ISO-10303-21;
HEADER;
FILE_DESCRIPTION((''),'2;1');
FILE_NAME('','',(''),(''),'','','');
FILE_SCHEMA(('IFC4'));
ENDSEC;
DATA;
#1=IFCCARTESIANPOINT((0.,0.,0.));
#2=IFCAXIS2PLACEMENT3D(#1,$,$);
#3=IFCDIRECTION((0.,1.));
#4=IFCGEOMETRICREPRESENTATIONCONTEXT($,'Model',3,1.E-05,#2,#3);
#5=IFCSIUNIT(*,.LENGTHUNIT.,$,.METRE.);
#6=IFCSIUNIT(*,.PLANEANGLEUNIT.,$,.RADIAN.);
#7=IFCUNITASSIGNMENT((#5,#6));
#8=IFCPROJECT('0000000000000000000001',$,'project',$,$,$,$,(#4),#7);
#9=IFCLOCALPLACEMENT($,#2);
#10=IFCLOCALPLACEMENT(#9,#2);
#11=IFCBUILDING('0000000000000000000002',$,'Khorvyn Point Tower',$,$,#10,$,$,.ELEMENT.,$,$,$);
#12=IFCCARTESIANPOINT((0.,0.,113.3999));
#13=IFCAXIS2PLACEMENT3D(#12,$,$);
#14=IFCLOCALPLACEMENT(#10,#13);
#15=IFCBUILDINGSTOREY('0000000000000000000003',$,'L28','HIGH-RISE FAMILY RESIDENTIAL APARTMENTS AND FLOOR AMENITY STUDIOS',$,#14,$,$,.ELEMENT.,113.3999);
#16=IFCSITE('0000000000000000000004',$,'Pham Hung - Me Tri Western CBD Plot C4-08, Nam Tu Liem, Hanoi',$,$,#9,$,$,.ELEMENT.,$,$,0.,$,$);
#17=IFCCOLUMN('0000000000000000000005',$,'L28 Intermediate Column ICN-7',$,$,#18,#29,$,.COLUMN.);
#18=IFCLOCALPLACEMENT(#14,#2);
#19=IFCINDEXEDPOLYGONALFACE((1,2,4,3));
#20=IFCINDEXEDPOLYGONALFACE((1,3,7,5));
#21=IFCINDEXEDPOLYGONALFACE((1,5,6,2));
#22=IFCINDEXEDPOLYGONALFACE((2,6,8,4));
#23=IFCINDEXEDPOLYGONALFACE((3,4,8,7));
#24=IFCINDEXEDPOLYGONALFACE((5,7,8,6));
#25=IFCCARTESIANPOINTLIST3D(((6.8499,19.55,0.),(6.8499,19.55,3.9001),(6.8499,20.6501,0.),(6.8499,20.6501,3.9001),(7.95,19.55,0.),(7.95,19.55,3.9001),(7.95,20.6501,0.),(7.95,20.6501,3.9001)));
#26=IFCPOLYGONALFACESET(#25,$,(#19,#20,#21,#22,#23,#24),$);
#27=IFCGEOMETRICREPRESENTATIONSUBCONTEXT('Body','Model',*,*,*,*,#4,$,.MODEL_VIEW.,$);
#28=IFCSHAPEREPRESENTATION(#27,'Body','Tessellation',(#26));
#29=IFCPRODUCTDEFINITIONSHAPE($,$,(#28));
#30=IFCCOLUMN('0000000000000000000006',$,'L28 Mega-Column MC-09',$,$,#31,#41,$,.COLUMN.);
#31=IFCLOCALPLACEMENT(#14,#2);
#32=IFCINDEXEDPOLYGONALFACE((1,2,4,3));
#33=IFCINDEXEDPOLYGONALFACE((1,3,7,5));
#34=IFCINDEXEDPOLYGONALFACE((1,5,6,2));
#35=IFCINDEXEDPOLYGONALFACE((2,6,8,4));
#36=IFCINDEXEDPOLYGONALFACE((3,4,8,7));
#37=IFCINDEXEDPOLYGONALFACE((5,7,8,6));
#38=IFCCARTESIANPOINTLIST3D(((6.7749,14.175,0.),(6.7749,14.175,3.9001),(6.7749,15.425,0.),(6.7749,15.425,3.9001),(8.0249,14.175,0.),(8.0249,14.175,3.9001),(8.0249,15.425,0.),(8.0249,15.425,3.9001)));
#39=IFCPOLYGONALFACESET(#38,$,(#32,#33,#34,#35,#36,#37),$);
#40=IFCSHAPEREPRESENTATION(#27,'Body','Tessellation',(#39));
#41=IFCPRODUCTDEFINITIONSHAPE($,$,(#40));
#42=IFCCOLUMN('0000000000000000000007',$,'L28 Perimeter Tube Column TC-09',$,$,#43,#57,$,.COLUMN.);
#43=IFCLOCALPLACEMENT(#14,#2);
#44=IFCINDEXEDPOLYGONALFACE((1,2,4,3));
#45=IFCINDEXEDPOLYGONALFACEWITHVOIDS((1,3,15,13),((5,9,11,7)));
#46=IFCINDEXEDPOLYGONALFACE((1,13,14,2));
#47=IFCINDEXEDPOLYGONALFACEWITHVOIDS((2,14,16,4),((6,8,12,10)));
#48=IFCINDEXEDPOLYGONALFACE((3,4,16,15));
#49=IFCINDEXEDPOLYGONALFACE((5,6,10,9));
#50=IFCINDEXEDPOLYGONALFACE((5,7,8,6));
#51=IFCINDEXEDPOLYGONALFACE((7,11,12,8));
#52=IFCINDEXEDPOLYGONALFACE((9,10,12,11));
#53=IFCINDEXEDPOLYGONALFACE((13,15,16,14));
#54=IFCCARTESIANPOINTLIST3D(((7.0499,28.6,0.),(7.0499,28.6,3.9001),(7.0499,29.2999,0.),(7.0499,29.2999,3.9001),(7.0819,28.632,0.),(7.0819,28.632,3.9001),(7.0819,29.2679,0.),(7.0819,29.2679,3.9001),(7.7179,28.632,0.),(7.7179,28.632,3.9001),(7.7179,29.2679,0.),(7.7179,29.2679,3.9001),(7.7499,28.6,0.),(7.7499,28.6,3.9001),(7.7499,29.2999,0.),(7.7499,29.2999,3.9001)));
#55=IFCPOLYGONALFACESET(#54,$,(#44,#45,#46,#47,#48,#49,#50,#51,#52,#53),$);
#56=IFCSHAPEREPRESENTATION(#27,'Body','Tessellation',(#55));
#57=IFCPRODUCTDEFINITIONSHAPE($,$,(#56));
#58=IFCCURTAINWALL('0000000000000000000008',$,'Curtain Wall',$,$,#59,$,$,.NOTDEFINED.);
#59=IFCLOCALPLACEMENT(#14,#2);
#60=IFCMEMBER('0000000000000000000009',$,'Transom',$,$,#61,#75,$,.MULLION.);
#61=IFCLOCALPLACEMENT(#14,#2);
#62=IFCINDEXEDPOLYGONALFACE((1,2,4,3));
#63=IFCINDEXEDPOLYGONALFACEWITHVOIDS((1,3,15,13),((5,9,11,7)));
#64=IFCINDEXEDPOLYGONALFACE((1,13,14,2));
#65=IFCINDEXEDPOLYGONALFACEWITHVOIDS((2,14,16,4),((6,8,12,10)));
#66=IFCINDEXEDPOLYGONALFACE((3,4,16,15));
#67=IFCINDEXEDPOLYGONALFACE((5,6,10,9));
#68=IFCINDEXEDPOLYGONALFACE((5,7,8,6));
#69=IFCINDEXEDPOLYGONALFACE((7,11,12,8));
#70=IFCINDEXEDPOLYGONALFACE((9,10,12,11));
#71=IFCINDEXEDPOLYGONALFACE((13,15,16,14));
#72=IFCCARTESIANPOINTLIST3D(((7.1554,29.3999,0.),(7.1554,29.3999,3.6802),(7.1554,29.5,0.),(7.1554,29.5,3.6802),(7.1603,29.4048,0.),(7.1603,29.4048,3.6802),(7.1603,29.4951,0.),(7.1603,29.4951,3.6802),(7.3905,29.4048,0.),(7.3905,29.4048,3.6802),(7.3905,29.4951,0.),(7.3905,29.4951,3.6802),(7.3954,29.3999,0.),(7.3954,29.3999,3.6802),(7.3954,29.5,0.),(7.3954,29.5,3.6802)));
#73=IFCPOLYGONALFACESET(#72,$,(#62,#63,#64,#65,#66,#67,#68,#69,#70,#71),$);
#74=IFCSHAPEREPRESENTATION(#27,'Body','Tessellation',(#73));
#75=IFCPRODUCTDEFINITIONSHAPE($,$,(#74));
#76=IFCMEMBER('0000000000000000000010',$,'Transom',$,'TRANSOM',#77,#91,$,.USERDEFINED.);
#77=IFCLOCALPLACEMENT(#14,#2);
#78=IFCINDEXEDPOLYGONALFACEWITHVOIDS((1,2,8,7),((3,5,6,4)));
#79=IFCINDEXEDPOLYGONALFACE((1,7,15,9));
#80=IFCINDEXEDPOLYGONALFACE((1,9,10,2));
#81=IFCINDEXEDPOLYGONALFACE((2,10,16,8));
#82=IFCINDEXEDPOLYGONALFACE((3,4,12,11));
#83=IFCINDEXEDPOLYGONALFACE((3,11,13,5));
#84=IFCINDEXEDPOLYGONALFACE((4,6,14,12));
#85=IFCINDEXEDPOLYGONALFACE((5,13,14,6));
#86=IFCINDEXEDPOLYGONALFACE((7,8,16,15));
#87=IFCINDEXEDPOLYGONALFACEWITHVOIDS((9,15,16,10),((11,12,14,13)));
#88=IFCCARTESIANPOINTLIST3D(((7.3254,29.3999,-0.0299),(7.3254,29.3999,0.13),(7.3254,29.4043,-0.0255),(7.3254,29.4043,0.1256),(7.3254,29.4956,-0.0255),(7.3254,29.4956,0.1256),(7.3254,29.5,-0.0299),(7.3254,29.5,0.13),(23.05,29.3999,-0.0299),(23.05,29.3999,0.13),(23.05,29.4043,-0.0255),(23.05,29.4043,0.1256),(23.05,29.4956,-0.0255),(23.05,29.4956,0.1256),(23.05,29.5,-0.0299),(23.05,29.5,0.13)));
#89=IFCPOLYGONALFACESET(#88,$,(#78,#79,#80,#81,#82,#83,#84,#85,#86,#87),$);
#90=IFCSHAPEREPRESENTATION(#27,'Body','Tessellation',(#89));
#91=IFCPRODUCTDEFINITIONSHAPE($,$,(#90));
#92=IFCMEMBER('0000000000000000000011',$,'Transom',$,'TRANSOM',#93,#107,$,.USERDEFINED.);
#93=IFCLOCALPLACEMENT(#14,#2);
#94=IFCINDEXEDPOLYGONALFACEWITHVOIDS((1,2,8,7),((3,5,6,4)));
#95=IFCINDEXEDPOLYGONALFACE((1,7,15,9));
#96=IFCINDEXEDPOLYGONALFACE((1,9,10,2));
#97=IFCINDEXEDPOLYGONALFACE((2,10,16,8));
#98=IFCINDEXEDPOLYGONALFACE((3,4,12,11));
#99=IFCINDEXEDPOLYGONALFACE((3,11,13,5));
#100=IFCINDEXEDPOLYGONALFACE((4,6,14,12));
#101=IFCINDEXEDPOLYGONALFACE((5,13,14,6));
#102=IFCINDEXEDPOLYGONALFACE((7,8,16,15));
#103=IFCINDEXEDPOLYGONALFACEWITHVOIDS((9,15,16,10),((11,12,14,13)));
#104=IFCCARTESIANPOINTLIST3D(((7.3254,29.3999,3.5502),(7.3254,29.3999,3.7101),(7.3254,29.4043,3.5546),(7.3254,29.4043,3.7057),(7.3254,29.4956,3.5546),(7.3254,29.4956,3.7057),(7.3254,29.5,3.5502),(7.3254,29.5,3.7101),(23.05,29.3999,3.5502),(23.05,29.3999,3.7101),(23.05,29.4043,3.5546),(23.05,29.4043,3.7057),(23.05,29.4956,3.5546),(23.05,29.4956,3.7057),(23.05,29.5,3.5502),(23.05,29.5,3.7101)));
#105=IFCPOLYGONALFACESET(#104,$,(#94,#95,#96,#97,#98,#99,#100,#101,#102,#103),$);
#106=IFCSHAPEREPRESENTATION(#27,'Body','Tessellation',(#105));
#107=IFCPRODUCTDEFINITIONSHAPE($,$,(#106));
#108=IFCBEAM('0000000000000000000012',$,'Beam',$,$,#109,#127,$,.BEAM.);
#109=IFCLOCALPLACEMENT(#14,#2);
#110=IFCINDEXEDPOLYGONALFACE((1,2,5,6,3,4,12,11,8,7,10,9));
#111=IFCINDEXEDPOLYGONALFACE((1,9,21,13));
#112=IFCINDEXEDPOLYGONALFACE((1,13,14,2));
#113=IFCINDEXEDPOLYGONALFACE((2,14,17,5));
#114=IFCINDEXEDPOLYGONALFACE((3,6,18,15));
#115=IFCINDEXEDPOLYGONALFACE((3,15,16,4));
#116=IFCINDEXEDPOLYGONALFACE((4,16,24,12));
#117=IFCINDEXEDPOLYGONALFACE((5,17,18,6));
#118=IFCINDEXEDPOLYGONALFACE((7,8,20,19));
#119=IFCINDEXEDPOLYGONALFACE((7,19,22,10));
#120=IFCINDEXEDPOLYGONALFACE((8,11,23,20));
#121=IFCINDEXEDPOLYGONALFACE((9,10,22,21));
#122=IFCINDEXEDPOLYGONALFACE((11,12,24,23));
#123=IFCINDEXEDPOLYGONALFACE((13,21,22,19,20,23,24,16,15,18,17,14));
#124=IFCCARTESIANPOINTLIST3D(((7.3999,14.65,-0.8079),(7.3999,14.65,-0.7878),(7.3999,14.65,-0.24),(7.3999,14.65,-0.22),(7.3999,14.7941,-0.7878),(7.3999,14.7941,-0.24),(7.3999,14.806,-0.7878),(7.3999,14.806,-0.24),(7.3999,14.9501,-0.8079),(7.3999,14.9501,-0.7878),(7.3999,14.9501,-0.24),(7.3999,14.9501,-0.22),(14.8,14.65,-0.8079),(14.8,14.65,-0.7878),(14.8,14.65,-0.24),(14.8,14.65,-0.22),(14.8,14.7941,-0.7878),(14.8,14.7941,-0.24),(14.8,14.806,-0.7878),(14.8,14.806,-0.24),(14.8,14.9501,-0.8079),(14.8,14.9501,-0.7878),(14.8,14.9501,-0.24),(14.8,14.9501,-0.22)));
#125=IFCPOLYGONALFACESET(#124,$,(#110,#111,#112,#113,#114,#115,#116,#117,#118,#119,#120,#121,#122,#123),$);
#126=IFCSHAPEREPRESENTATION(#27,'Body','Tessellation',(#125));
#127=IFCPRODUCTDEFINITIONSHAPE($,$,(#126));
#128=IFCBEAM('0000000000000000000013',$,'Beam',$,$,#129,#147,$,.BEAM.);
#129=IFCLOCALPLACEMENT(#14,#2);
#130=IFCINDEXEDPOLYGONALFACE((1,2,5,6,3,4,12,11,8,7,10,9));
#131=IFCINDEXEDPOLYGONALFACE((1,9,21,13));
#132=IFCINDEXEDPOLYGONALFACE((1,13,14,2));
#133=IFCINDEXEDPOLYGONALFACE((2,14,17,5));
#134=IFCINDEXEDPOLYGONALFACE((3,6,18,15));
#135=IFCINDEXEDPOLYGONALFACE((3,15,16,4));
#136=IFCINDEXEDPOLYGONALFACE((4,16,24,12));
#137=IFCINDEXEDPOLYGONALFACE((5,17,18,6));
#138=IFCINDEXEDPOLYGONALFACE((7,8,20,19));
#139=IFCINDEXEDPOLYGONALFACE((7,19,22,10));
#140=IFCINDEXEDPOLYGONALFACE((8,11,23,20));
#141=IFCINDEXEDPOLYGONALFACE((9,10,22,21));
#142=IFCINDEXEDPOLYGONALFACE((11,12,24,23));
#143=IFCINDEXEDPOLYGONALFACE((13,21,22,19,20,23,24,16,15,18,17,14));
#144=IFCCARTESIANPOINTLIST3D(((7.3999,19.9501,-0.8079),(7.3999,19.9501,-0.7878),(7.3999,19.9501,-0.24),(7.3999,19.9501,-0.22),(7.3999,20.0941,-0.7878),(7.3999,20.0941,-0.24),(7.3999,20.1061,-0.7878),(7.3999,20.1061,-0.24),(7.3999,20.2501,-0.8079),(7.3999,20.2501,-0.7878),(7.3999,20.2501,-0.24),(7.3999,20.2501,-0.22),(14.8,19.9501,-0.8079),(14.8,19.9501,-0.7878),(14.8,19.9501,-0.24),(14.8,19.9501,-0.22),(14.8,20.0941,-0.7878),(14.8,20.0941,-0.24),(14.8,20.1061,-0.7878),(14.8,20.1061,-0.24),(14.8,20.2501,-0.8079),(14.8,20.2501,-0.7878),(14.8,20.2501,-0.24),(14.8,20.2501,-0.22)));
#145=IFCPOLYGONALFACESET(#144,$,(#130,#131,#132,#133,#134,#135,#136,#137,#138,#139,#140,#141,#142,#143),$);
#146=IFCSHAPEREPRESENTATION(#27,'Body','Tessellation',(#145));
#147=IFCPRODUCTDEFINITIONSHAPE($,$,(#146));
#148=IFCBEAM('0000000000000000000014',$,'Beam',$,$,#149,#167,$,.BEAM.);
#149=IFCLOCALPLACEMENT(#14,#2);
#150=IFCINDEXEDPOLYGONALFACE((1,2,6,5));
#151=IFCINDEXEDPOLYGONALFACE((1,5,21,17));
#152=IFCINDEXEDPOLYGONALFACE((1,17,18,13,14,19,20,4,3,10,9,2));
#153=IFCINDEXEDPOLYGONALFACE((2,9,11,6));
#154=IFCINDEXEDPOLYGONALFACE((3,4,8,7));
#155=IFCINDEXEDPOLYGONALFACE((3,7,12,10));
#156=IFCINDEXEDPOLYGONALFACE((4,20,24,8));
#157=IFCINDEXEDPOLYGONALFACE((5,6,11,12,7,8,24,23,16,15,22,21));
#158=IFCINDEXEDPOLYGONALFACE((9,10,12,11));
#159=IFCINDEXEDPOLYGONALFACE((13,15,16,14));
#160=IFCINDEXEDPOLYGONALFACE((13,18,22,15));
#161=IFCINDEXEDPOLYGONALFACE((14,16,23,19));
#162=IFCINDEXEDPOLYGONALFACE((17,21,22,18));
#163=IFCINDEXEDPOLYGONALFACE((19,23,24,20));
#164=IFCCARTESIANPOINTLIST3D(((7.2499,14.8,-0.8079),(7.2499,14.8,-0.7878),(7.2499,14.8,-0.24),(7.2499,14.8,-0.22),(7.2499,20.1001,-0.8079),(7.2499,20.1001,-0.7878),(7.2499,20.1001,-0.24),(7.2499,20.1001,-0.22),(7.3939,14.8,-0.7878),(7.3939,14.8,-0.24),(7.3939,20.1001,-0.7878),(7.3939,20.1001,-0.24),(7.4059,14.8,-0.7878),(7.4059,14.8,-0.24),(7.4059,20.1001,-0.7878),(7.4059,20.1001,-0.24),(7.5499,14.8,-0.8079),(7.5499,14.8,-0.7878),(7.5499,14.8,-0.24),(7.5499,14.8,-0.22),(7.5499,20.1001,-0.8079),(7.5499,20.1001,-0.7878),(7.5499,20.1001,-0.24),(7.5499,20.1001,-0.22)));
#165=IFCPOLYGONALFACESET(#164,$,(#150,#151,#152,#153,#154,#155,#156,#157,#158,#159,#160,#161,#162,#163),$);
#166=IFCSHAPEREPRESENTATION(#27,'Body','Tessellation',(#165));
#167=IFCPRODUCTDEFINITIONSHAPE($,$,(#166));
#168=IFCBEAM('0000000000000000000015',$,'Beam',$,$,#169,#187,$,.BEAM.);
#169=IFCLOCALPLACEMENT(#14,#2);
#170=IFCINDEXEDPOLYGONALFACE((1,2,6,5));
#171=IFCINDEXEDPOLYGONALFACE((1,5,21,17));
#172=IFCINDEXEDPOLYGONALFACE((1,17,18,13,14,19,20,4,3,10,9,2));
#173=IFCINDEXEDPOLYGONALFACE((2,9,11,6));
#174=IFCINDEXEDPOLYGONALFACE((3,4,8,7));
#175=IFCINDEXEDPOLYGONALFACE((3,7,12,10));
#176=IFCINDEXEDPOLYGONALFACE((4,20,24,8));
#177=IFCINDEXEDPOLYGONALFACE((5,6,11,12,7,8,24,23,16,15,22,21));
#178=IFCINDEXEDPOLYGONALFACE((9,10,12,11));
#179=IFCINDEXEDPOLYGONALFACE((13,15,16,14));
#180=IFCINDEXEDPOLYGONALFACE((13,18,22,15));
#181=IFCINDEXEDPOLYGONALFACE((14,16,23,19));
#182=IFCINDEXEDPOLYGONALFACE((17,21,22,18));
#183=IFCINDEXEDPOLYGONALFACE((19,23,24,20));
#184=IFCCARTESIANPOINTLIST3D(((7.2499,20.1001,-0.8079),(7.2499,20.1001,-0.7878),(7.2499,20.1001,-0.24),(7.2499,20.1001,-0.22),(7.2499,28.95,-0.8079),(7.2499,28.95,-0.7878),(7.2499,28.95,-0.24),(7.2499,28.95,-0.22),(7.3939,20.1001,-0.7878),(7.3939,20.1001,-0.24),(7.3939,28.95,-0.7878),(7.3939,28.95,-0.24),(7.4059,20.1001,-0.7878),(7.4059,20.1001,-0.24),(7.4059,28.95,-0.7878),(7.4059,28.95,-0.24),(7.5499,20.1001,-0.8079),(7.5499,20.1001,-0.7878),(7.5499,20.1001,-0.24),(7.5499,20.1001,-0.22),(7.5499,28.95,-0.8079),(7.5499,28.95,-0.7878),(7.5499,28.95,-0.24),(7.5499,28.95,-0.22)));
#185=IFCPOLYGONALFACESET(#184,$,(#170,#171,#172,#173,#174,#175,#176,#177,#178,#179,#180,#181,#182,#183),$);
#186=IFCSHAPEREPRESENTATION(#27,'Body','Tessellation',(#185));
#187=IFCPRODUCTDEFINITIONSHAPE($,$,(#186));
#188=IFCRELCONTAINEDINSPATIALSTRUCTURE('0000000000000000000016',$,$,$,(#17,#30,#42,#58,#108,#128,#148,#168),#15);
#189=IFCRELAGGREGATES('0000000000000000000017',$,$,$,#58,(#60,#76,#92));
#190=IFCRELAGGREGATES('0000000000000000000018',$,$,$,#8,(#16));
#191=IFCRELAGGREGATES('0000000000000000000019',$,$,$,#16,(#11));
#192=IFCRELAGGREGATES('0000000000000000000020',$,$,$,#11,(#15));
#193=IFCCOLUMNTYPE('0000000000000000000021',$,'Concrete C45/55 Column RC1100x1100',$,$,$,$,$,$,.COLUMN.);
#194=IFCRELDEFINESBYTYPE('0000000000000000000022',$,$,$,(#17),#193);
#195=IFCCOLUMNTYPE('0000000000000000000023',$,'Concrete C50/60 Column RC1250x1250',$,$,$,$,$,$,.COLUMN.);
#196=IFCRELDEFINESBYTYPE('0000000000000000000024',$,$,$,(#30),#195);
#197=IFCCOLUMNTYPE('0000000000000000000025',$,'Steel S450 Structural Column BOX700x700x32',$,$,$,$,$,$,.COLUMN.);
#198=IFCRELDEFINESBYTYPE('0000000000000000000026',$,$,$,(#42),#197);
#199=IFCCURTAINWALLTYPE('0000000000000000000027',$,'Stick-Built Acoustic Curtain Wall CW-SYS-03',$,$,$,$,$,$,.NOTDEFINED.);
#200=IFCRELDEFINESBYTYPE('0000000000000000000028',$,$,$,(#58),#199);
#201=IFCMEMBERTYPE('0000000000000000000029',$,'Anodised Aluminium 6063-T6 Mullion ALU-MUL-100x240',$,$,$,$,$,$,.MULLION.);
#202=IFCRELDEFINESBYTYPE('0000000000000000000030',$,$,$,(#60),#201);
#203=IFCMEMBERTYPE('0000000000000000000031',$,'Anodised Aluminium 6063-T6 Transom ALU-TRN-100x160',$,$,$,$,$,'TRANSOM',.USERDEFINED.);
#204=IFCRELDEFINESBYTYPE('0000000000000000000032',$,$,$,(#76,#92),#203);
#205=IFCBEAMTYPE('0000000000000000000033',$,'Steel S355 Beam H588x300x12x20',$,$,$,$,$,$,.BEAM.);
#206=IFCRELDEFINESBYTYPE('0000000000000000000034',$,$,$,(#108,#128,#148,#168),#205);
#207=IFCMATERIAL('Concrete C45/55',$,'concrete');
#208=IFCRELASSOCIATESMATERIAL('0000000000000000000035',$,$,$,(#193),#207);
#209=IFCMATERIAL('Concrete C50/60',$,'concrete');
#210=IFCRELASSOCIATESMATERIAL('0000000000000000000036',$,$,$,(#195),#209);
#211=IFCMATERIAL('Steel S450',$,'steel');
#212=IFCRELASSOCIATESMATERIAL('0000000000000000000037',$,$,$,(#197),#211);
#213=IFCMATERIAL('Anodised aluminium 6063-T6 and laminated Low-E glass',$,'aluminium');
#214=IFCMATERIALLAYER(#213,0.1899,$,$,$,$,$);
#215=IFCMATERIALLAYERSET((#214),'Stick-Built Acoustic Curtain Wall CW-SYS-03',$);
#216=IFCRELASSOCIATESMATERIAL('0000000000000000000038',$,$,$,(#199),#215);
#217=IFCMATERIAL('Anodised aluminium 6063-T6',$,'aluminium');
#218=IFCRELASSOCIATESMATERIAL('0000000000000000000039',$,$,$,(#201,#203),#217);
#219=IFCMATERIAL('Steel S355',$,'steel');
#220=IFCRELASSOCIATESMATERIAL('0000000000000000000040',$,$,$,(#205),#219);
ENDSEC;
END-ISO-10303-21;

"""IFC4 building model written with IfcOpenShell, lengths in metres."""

from ifc_helpers import new_model, si_unit, direction, frame, origin, origin_2d, place, context, subcontext, project, spatial, rectangle, hollow_rectangle, i_section, extrude, material, layer, layer_set, material_profile, profile_set, type_object, element, aggregate, save


model = new_model("IFC4")

# Units and contexts
model_context = context("Model", 3, precision=1e-05, world=origin(), true_north=direction((0.0, 1.0)))
body_context = subcontext(model_context, "Body", "Model", "MODEL_VIEW")
ifc_project = project(units=[si_unit("LENGTHUNIT", "METRE"), si_unit("PLANEANGLEUNIT", "RADIAN")], contexts=[model_context])

# Site, building, storey
site_placement = place(None, origin())
site = spatial("IfcSite", under=ifc_project, at=site_placement, Name="Pham Hung - Me Tri Western CBD Plot C4-08, Nam Tu Liem, Hanoi", CompositionType="ELEMENT", RefElevation=0.0)
building_placement = place(site_placement, origin())
building = spatial("IfcBuilding", under=site, at=building_placement, Name="Khorvyn Point Tower", CompositionType="ELEMENT")
storey_placement = place(building_placement, frame((0.0, 0.0, 113.3999)))
storey = spatial("IfcBuildingStorey", under=building, at=storey_placement, Name="L28", Description="HIGH-RISE FAMILY RESIDENTIAL APARTMENTS AND FLOOR AMENITY STUDIOS", CompositionType="ELEMENT", Elevation=113.3999)

# Columns
ifc_material_1 = material(Name="Concrete C45/55", Category="concrete")
ifc_material_profile_1 = material_profile(ifc_material_1, rectangle(XDim=1.1001, YDim=1.1001, at=origin_2d()))
ifc_profile_set_1 = profile_set([ifc_material_profile_1], Name="Concrete C45/55 RC1100x1100")
column_type_1 = type_object("IfcColumnType", Name="Concrete C45/55 Column RC1100x1100", PredefinedType="COLUMN", material=ifc_profile_set_1)
column_1_placement = place(storey_placement, frame((7.3999, 20.1001, 0.0), z_axis=(0.0, 0.0, 1.0), x_axis=(1.0, 0.0, 0.0)))
element("IfcColumn", 1, at=column_1_placement, inside=storey, type_object=column_type_1, Name="L28 Intermediate Column ICN-7", PredefinedType="COLUMN", context=body_context, shape_type="SweptSolid", body=[
    extrude(rectangle(XDim=1.1001, YDim=1.1001, at=origin_2d()), origin(), (0.0, 0.0, 1.0), 3.9001),
])
ifc_material_2 = material(Name="Concrete C50/60", Category="concrete")
ifc_material_profile_2 = material_profile(ifc_material_2, rectangle(XDim=1.25, YDim=1.25, at=origin_2d()))
ifc_profile_set_2 = profile_set([ifc_material_profile_2], Name="Concrete C50/60 RC1250x1250")
column_type_2 = type_object("IfcColumnType", Name="Concrete C50/60 Column RC1250x1250", PredefinedType="COLUMN", material=ifc_profile_set_2)
column_2_placement = place(storey_placement, frame((7.3999, 14.8, 0.0), z_axis=(0.0, 0.0, 1.0), x_axis=(1.0, 0.0, 0.0)))
element("IfcColumn", 2, at=column_2_placement, inside=storey, type_object=column_type_2, Name="L28 Mega-Column MC-09", PredefinedType="COLUMN", context=body_context, shape_type="SweptSolid", body=[
    extrude(rectangle(XDim=1.25, YDim=1.25, at=origin_2d()), origin(), (0.0, 0.0, 1.0), 3.9001),
])
ifc_material_3 = material(Name="Steel S450", Category="steel")
ifc_material_profile_3 = material_profile(ifc_material_3, hollow_rectangle(XDim=0.7, YDim=0.7, WallThickness=0.032, at=origin_2d()))
ifc_profile_set_3 = profile_set([ifc_material_profile_3], Name="Steel S450 BOX700x700x32")
column_type_3 = type_object("IfcColumnType", Name="Steel S450 Structural Column BOX700x700x32", PredefinedType="COLUMN", material=ifc_profile_set_3)
column_3_placement = place(storey_placement, frame((7.3999, 28.95, 0.0), z_axis=(0.0, 0.0, 1.0), x_axis=(1.0, 0.0, 0.0)))
element("IfcColumn", 3, at=column_3_placement, inside=storey, type_object=column_type_3, Name="L28 Perimeter Tube Column TC-09", PredefinedType="COLUMN", context=body_context, shape_type="SweptSolid", body=[
    extrude(hollow_rectangle(XDim=0.7, YDim=0.7, WallThickness=0.032, at=origin_2d()), origin(), (0.0, 0.0, 1.0), 3.9001),
])

# Curtain wall, members
ifc_material_4 = material(Name="Anodised aluminium 6063-T6 and laminated Low-E glass", Category="aluminium")
ifc_layer_1 = layer(ifc_material_4, 0.1899)
ifc_layer_set_1 = layer_set([ifc_layer_1], Name="Stick-Built Acoustic Curtain Wall CW-SYS-03")
curtain_wall_type = type_object("IfcCurtainWallType", Name="Stick-Built Acoustic Curtain Wall CW-SYS-03", PredefinedType="NOTDEFINED", material=ifc_layer_set_1)
curtain_wall_placement = place(storey_placement, origin())
curtain_wall = element("IfcCurtainWall", 4, at=curtain_wall_placement, inside=storey, type_object=curtain_wall_type, Name="Curtain Wall", PredefinedType="NOTDEFINED")
ifc_material_5 = material(Name="Anodised aluminium 6063-T6", Category="aluminium")
ifc_material_profile_4 = material_profile(ifc_material_5, hollow_rectangle(XDim=0.1001, YDim=0.24, WallThickness=0.0049, at=origin_2d()))
ifc_profile_set_4 = profile_set([ifc_material_profile_4], Name="Anodised aluminium 6063-T6 ALU-MUL-100x240")
member_type_1 = type_object("IfcMemberType", Name="Anodised Aluminium 6063-T6 Mullion ALU-MUL-100x240", PredefinedType="MULLION", material=ifc_profile_set_4)
member_1_placement = place(storey_placement, frame((7.2754, 29.45, 0.0), z_axis=(0.0, 0.0, 1.0), x_axis=(0.0, 1.0, 0.0)))
member_1 = element("IfcMember", 5, at=member_1_placement, type_object=member_type_1, Name="Transom", PredefinedType="MULLION", context=body_context, shape_type="SweptSolid", body=[
    extrude(hollow_rectangle(XDim=0.1001, YDim=0.24, WallThickness=0.0049, at=origin_2d()), origin(), (0.0, 0.0, 1.0), 3.6802),
])
ifc_material_profile_5 = material_profile(ifc_material_5, hollow_rectangle(XDim=0.1001, YDim=0.1599, WallThickness=0.0044, at=origin_2d()))
ifc_profile_set_5 = profile_set([ifc_material_profile_5], Name="Anodised aluminium 6063-T6 ALU-TRN-100x160")
member_type_2 = type_object("IfcMemberType", Name="Anodised Aluminium 6063-T6 Transom ALU-TRN-100x160", ElementType="TRANSOM", PredefinedType="USERDEFINED", material=ifc_profile_set_5)
member_2_placement = place(storey_placement, frame((7.3254, 29.45, 0.05), z_axis=(1.0, 0.0, 0.0), x_axis=(0.0, 1.0, 0.0)))
member_2 = element("IfcMember", 6, at=member_2_placement, type_object=member_type_2, Name="Transom", ObjectType="TRANSOM", PredefinedType="USERDEFINED", context=body_context, shape_type="SweptSolid", body=[
    extrude(hollow_rectangle(XDim=0.1001, YDim=0.1599, WallThickness=0.0044, at=origin_2d()), origin(), (0.0, 0.0, 1.0), 15.7246),
])
member_3_placement = place(storey_placement, frame((7.3254, 29.45, 3.6301), z_axis=(1.0, 0.0, 0.0), x_axis=(0.0, 1.0, 0.0)))
member_3 = element("IfcMember", 7, at=member_3_placement, type_object=member_type_2, Name="Transom", ObjectType="TRANSOM", PredefinedType="USERDEFINED", context=body_context, shape_type="SweptSolid", body=[
    extrude(hollow_rectangle(XDim=0.1001, YDim=0.1599, WallThickness=0.0044, at=origin_2d()), origin(), (0.0, 0.0, 1.0), 15.7246),
])

# Beams
ifc_material_6 = material(Name="Steel S355", Category="steel")
ifc_material_profile_6 = material_profile(ifc_material_6, i_section(OverallWidth=0.3, OverallDepth=0.5879, WebThickness=0.012, FlangeThickness=0.02, at=origin_2d()))
ifc_profile_set_6 = profile_set([ifc_material_profile_6], Name="Steel S355 H588x300x12x20")
beam_type_1 = type_object("IfcBeamType", Name="Steel S355 Beam H588x300x12x20", PredefinedType="BEAM", material=ifc_profile_set_6)
for number, where, z_axis, x_axis, name in (
    (8, (7.3999, 14.8, -0.5139), (1.0, 0.0, 0.0), (0.0, 1.0, 0.0), "Beam"),
    (9, (7.3999, 20.1001, -0.5139), (1.0, 0.0, 0.0), (0.0, 1.0, 0.0), "Beam"),
):
    element("IfcBeam", number, at=place(storey_placement, frame(where, z_axis=z_axis, x_axis=x_axis)), inside=storey, type_object=beam_type_1, Name=name, PredefinedType="BEAM", context=body_context, shape_type="SweptSolid", body=[
        extrude(i_section(OverallWidth=0.3, OverallDepth=0.5879, WebThickness=0.012, FlangeThickness=0.02, at=origin_2d()), origin(), (0.0, 0.0, 1.0), 7.4001),
    ])
beam_1_placement = place(storey_placement, frame((7.3999, 14.8, -0.5139), z_axis=(0.0, 1.0, 0.0), x_axis=(-1.0, 0.0, 0.0)))
element("IfcBeam", 10, at=beam_1_placement, inside=storey, type_object=beam_type_1, Name="Beam", PredefinedType="BEAM", context=body_context, shape_type="SweptSolid", body=[
    extrude(i_section(OverallWidth=0.3, OverallDepth=0.5879, WebThickness=0.012, FlangeThickness=0.02, at=origin_2d()), origin(), (0.0, 0.0, 1.0), 5.3),
])
beam_2_placement = place(storey_placement, frame((7.3999, 20.1001, -0.5139), z_axis=(0.0, 1.0, 0.0), x_axis=(-1.0, 0.0, 0.0)))
element("IfcBeam", 11, at=beam_2_placement, inside=storey, type_object=beam_type_1, Name="Beam", PredefinedType="BEAM", context=body_context, shape_type="SweptSolid", body=[
    extrude(i_section(OverallWidth=0.3, OverallDepth=0.5879, WebThickness=0.012, FlangeThickness=0.02, at=origin_2d()), origin(), (0.0, 0.0, 1.0), 8.8499),
])

aggregate(curtain_wall, [member_1, member_2, member_3])

save(model, "model.ifc")
